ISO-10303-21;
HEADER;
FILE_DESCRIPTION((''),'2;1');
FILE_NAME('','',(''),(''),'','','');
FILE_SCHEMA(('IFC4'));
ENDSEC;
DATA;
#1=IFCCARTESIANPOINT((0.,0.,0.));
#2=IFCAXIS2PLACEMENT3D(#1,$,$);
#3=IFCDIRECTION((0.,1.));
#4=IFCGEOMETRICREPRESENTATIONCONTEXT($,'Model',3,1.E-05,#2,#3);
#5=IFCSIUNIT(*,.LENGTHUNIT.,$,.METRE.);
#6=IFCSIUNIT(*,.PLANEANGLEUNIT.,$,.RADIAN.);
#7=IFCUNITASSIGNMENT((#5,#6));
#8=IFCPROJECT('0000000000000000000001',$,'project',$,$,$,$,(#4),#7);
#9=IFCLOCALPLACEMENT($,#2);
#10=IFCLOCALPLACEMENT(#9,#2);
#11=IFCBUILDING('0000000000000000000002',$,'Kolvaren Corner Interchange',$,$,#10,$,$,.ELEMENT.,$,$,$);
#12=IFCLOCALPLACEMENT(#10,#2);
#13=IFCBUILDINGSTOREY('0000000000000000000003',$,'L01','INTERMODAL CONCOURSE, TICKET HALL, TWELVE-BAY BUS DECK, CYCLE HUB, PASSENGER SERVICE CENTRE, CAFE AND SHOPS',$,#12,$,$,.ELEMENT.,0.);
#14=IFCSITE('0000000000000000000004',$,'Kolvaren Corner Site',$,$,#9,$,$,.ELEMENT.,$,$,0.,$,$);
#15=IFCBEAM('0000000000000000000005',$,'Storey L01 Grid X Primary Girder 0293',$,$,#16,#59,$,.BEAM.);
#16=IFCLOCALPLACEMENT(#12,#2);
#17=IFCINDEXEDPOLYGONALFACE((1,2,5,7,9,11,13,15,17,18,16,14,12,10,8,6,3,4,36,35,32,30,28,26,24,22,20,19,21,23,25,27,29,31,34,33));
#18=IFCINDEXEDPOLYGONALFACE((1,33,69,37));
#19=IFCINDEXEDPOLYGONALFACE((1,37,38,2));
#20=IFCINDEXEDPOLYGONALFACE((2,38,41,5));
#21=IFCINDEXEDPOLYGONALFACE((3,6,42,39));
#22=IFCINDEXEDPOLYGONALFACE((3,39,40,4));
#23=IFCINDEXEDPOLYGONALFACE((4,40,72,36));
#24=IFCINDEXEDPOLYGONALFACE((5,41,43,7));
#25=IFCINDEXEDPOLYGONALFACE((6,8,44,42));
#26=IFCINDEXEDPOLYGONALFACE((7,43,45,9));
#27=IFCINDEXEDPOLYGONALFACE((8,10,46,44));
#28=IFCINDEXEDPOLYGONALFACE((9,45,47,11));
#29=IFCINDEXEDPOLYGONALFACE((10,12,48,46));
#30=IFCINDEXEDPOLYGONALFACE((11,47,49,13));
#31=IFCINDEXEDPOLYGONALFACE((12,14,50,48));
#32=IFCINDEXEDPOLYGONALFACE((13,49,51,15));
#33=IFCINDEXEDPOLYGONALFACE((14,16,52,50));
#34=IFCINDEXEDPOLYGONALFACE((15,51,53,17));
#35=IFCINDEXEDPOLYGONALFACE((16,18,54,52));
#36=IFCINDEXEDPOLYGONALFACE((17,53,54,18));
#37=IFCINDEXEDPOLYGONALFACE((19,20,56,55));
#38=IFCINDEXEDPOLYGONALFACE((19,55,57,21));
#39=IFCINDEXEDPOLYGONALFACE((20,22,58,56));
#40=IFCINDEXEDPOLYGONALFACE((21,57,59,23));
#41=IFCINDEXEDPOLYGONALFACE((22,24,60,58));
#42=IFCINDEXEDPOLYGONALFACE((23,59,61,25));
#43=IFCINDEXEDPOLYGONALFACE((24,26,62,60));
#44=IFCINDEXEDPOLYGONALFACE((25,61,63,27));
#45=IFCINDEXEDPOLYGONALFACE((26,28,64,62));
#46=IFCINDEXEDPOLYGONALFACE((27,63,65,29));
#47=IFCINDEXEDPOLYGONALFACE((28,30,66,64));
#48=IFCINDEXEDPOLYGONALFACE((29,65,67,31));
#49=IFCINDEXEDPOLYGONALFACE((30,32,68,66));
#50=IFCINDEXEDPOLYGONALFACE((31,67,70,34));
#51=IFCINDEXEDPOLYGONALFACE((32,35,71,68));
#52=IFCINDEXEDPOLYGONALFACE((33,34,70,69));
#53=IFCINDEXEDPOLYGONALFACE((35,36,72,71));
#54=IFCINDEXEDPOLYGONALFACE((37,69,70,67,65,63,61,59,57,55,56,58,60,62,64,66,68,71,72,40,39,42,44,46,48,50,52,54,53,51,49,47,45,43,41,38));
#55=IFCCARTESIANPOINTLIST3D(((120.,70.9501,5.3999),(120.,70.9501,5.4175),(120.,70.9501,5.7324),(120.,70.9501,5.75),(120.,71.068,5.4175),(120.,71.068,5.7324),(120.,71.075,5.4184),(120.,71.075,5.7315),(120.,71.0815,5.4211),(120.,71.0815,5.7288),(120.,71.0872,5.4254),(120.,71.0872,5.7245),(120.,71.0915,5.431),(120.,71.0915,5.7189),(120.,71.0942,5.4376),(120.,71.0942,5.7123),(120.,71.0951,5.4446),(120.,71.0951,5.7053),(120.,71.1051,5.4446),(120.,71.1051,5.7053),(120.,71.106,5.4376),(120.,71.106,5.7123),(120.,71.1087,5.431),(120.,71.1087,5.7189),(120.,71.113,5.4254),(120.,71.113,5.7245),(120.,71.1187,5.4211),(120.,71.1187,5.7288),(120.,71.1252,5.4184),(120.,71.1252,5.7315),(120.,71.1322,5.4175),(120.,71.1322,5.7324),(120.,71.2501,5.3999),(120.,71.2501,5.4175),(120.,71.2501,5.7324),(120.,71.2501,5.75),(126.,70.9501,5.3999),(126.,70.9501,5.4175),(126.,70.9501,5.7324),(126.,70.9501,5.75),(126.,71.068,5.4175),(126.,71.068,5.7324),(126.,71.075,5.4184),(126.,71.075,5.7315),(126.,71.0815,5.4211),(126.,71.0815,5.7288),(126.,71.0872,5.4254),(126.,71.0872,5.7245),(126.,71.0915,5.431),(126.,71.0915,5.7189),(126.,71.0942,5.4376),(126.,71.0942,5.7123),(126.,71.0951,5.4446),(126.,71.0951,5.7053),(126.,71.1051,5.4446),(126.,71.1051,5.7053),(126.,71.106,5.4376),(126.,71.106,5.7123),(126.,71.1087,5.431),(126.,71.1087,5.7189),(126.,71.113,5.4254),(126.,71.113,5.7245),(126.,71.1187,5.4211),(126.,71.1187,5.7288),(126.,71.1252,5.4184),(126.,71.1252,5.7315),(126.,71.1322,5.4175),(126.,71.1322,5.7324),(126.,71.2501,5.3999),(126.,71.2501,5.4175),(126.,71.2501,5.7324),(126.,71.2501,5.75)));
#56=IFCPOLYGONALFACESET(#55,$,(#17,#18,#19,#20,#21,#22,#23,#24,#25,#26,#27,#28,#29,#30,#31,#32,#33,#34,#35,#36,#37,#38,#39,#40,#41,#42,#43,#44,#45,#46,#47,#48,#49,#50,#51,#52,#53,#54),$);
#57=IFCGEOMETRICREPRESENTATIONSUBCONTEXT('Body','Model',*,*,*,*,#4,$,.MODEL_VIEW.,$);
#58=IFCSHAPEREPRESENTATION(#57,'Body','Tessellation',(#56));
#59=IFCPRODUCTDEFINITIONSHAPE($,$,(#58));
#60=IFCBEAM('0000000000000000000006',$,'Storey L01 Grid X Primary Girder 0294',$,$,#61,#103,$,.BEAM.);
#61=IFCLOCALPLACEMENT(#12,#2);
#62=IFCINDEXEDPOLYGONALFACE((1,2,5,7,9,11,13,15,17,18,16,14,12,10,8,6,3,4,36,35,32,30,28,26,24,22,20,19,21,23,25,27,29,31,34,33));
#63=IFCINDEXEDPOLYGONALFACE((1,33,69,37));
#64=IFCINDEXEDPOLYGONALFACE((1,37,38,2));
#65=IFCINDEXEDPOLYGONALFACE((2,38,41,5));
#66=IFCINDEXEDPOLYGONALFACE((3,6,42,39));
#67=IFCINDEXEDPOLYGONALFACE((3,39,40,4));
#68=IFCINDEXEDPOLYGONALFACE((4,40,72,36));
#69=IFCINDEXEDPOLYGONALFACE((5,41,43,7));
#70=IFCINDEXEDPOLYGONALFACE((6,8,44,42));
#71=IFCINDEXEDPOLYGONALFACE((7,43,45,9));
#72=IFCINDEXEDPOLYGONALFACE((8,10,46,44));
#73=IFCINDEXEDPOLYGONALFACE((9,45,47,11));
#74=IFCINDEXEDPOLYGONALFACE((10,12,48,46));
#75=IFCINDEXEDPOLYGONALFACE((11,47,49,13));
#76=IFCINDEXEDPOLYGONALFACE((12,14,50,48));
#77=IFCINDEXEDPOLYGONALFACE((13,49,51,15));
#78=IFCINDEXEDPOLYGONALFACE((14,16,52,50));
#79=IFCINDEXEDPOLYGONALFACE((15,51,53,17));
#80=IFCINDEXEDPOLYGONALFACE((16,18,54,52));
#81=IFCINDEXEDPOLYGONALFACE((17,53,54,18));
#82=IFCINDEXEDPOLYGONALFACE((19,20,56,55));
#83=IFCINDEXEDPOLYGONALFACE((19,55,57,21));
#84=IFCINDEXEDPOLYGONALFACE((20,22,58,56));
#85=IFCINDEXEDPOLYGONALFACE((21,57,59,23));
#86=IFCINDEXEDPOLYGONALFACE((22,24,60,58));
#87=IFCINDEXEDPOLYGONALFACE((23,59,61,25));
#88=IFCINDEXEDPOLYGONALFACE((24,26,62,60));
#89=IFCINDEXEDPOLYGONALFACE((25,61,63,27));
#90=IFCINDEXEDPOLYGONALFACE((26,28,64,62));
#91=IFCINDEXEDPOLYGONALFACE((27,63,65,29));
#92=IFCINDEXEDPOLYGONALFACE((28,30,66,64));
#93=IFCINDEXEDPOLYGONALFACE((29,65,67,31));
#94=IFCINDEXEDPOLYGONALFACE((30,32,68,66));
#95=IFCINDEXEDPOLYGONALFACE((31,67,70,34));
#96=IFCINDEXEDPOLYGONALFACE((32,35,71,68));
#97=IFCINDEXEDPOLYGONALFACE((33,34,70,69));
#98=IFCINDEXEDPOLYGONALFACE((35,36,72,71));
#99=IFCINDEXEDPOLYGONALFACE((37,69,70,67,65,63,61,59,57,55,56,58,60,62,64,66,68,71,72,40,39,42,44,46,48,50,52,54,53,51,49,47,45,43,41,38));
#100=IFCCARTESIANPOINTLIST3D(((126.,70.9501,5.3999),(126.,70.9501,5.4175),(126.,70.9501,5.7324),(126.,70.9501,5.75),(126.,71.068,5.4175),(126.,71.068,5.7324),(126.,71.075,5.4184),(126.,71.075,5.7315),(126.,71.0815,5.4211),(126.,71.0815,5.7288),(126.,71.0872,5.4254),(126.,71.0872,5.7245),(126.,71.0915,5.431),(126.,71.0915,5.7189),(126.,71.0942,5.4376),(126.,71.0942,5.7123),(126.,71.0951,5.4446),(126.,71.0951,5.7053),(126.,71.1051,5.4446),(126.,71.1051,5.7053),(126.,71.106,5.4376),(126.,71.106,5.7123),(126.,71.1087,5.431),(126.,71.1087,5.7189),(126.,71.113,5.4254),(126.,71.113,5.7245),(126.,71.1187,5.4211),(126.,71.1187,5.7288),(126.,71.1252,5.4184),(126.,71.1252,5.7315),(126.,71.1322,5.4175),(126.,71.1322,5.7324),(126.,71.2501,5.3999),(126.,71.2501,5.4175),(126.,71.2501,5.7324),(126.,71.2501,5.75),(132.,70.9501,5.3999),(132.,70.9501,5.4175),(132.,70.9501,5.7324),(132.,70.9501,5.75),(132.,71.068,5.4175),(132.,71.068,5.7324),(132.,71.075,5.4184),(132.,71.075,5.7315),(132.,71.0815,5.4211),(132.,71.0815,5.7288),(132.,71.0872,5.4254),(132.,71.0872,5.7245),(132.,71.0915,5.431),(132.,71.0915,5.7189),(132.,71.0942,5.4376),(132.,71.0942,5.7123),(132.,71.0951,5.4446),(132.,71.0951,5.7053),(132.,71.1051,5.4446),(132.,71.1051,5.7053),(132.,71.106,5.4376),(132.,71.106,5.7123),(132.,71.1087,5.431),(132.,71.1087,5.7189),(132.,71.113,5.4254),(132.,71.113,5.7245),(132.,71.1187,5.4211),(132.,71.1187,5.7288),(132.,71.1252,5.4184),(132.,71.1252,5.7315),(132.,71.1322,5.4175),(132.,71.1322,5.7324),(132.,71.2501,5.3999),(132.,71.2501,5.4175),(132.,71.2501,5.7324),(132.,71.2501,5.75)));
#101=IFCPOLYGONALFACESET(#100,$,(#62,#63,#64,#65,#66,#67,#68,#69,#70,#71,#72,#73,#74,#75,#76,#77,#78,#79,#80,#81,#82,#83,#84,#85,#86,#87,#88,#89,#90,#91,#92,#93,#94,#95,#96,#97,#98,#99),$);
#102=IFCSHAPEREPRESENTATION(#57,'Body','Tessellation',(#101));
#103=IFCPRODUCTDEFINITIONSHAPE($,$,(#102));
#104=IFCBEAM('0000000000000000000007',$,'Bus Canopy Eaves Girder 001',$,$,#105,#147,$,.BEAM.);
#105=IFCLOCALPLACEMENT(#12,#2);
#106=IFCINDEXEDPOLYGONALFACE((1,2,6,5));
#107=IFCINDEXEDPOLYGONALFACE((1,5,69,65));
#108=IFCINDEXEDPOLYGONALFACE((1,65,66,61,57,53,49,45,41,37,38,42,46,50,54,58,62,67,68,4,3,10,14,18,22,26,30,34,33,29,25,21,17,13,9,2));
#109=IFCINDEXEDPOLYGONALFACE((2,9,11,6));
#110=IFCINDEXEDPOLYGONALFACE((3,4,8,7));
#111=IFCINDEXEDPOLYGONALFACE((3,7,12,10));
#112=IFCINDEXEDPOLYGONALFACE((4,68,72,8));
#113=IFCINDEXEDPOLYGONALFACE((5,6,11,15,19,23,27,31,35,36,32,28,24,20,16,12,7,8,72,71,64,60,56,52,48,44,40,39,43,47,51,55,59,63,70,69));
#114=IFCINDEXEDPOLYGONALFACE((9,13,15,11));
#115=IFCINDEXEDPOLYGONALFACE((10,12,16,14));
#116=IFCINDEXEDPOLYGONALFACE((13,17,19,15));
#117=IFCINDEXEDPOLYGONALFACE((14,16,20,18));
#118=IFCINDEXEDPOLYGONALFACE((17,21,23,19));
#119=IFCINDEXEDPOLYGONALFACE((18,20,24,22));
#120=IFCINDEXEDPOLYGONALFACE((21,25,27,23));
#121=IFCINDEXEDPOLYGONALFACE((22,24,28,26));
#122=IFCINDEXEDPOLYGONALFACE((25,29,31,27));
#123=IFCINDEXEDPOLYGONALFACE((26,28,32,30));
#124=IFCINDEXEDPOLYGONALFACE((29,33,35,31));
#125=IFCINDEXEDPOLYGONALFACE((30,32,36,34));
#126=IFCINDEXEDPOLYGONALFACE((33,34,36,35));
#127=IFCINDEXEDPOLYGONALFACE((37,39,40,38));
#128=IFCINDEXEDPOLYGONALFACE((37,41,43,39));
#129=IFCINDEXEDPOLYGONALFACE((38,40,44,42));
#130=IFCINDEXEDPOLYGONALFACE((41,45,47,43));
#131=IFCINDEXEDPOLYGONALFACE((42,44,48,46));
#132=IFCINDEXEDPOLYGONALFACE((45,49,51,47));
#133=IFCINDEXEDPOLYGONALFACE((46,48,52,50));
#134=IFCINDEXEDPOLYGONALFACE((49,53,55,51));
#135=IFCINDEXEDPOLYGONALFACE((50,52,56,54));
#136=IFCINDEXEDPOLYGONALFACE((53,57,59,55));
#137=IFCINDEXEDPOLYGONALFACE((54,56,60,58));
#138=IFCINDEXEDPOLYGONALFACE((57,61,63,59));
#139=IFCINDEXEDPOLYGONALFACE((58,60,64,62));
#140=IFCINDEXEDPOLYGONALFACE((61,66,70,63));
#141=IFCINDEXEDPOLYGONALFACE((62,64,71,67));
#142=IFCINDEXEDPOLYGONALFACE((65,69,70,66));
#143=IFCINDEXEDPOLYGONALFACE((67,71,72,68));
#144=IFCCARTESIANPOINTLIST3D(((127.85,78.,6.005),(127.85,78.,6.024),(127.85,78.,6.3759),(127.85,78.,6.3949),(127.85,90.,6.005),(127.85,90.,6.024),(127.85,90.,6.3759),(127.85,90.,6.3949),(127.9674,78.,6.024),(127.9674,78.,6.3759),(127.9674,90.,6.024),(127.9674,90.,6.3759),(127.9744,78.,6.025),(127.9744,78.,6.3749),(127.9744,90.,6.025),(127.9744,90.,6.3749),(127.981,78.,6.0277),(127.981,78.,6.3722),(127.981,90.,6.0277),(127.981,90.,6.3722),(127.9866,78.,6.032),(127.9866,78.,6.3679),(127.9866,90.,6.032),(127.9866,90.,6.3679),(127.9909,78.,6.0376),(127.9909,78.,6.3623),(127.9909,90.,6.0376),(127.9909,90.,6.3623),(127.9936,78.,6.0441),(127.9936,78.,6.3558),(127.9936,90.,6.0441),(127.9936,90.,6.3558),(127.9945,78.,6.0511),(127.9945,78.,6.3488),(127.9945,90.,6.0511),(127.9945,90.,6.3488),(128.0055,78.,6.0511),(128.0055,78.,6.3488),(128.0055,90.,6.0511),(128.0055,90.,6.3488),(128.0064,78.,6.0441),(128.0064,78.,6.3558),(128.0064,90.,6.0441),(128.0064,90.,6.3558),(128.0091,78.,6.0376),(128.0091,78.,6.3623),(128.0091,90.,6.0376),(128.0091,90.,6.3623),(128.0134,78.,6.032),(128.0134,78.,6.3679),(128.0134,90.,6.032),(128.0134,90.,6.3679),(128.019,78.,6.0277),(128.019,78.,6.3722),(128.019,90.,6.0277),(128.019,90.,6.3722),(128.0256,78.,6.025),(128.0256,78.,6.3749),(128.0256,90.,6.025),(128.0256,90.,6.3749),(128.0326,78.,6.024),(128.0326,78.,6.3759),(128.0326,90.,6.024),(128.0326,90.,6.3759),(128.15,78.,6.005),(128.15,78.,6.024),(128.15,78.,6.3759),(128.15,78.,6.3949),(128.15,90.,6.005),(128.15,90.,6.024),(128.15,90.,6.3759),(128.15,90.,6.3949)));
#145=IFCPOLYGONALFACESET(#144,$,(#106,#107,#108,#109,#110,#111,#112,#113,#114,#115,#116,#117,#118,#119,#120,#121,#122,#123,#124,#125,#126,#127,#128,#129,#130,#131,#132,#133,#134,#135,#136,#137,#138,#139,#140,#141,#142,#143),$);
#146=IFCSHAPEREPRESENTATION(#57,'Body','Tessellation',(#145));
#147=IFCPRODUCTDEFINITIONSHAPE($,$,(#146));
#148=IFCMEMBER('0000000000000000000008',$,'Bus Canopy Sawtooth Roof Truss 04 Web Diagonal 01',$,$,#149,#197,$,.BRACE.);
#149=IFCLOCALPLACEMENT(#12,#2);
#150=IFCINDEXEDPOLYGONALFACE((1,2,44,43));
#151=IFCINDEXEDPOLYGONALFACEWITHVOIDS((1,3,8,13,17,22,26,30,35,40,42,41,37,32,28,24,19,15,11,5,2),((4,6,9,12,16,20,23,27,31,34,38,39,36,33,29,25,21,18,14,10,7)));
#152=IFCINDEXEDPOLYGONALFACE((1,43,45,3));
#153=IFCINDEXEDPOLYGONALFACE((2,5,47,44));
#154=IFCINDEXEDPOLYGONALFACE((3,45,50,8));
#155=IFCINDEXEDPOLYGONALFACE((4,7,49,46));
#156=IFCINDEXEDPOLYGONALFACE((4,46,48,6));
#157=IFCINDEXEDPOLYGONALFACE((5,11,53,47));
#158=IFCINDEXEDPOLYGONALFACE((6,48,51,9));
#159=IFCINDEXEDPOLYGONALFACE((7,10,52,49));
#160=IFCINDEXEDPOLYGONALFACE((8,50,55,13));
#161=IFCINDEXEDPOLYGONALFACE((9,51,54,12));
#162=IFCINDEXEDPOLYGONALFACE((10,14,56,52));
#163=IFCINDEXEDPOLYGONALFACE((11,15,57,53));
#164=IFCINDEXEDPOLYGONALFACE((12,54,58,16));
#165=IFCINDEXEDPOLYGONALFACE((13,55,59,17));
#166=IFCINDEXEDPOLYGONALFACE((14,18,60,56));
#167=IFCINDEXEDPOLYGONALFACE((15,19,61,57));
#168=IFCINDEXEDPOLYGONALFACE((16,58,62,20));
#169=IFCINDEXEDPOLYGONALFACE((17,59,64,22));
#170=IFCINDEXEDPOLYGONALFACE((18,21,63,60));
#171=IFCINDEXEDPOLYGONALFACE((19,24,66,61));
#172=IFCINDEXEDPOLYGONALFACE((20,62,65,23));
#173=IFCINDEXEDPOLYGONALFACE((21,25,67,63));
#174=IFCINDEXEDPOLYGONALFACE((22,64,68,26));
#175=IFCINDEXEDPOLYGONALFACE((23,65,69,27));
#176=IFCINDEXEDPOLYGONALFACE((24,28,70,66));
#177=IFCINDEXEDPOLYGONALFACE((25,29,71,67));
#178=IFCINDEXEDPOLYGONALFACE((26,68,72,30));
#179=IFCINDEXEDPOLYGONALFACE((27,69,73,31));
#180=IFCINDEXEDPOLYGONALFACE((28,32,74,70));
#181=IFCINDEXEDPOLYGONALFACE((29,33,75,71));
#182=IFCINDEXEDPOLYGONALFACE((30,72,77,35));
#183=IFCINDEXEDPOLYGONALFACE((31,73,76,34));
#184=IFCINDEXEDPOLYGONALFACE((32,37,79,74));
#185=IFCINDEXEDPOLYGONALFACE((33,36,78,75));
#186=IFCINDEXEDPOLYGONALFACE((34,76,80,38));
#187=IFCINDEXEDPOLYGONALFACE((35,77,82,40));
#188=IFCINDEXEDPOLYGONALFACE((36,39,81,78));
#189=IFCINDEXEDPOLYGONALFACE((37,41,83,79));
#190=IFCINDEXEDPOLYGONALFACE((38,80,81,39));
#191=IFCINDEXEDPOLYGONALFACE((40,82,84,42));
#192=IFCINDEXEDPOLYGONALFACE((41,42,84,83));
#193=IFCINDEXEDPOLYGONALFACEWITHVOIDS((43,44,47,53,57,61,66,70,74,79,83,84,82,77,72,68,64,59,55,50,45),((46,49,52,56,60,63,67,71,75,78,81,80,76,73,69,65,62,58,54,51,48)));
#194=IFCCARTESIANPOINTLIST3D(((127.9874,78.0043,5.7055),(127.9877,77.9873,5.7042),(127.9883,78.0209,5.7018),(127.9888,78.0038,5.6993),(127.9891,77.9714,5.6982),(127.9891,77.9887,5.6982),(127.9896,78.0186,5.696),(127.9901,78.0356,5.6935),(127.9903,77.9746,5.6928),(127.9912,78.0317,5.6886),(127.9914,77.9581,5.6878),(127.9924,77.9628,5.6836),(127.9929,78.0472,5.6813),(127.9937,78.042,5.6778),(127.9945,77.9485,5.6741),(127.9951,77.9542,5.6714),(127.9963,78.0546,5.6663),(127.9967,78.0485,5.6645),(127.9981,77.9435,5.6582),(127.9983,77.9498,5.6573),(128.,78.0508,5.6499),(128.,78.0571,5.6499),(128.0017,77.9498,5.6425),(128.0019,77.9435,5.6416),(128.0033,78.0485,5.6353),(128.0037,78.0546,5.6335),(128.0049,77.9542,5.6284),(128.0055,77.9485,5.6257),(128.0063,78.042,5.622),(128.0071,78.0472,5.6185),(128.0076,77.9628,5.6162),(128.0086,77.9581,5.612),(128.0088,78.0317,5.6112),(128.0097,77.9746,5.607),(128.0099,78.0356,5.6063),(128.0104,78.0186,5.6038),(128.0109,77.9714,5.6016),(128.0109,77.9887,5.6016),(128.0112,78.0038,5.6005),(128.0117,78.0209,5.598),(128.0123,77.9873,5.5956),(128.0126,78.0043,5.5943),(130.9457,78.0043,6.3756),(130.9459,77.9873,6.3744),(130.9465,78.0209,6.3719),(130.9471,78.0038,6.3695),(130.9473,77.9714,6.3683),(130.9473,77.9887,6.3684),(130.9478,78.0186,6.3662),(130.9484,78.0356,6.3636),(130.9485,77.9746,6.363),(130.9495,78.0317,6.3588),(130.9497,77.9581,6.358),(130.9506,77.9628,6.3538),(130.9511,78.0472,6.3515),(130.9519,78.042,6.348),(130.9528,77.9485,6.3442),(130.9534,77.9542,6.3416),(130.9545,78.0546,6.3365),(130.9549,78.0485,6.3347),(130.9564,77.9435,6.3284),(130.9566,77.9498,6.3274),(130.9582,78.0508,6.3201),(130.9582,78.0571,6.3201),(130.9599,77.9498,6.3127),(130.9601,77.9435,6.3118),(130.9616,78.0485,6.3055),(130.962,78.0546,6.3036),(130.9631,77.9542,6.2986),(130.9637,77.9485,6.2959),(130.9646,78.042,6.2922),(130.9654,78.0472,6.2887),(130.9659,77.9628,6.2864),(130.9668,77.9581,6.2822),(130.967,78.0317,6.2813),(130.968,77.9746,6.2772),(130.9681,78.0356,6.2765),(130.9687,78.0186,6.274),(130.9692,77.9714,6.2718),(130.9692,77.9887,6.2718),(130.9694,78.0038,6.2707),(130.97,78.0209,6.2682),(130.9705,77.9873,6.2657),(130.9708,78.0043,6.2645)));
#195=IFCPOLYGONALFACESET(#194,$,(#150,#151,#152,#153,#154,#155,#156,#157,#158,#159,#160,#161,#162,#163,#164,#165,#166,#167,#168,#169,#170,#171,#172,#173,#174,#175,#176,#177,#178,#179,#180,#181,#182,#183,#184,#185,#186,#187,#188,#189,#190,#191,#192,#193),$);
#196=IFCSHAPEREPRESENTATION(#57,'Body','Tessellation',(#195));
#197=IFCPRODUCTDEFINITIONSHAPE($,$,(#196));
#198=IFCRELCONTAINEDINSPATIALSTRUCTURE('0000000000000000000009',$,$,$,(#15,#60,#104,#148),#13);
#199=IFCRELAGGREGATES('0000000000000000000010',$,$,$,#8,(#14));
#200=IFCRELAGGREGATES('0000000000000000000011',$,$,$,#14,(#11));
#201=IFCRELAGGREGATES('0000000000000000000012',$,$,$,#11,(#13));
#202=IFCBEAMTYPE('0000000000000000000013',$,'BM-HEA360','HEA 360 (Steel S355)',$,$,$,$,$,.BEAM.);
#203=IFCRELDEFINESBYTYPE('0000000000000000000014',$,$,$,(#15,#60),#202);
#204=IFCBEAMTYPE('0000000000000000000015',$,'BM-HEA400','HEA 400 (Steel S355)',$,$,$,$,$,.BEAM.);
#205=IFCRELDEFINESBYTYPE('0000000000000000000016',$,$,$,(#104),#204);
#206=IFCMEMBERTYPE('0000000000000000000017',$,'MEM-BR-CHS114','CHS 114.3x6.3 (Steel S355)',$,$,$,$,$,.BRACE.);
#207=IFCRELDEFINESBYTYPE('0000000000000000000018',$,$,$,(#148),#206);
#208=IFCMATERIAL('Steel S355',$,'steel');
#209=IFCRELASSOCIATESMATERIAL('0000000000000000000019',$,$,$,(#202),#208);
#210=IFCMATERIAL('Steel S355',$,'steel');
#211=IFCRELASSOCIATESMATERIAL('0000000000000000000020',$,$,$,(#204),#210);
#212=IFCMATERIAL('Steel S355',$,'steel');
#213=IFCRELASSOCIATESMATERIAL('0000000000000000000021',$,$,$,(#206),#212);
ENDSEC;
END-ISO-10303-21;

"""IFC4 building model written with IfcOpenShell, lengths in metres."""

from ifc_helpers import new_model, si_unit, direction, frame, origin, origin_2d, place, context, subcontext, project, spatial, hollow_circle, i_section, extrude, material, material_profile, profile_set, type_object, element, save


model = new_model("IFC4")

# Units and contexts
model_context = context("Model", 3, precision=1e-05, world=origin(), true_north=direction((0.0, 1.0)))
body_context = subcontext(model_context, "Body", "Model", "MODEL_VIEW")
ifc_project = project(units=[si_unit("LENGTHUNIT", "METRE"), si_unit("PLANEANGLEUNIT", "RADIAN")], contexts=[model_context])

# Site, building, storey
site_placement = place(None, origin())
site = spatial("IfcSite", under=ifc_project, at=site_placement, Name="Kolvaren Corner Site", CompositionType="ELEMENT", RefElevation=0.0)
building_placement = place(site_placement, origin())
building = spatial("IfcBuilding", under=site, at=building_placement, Name="Kolvaren Corner Interchange", CompositionType="ELEMENT")
storey_placement = place(building_placement, origin())
storey = spatial("IfcBuildingStorey", under=building, at=storey_placement, Name="L01", Description="INTERMODAL CONCOURSE, TICKET HALL, TWELVE-BAY BUS DECK, CYCLE HUB, PASSENGER SERVICE CENTRE, CAFE AND SHOPS", CompositionType="ELEMENT", Elevation=0.0)

# Beams
ifc_material_1 = material(Name="Steel S355", Category="steel")
ifc_material_profile_1 = material_profile(ifc_material_1, i_section(OverallWidth=0.3, OverallDepth=0.3501, WebThickness=0.01, FlangeThickness=0.0176, FilletRadius=0.0271, at=origin_2d()), Name="HEA 360")
ifc_profile_set_1 = profile_set([ifc_material_profile_1], Name="Steel S355")
beam_type_1 = type_object("IfcBeamType", Name="BM-HEA360", Description="HEA 360 (Steel S355)", PredefinedType="BEAM", material=ifc_profile_set_1)
for number, where, z_axis, x_axis, name in (
    (1, (120.0, 71.1001, 5.575), (1.0, 0.0, 0.0), (0.0, 1.0, 0.0), "Storey L01 Grid X Primary Girder 0293"),
    (2, (126.0, 71.1001, 5.575), (1.0, 0.0, 0.0), (0.0, 1.0, 0.0), "Storey L01 Grid X Primary Girder 0294"),
):
    element("IfcBeam", number, at=place(storey_placement, frame(where, z_axis=z_axis, x_axis=x_axis)), inside=storey, type_object=beam_type_1, Name=name, PredefinedType="BEAM", context=body_context, shape_type="SweptSolid", body=[
        extrude(i_section(OverallWidth=0.3, OverallDepth=0.3501, WebThickness=0.01, FlangeThickness=0.0176, FilletRadius=0.0271, at=origin_2d()), origin(), (0.0, 0.0, 1.0), 6.0),
    ])
ifc_material_2 = material(Name="Steel S355", Category="steel")
ifc_material_profile_2 = material_profile(ifc_material_2, i_section(OverallWidth=0.3, OverallDepth=0.3899, WebThickness=0.011, FlangeThickness=0.019, FilletRadius=0.0271, at=origin_2d()), Name="HEA 400")
ifc_profile_set_2 = profile_set([ifc_material_profile_2], Name="Steel S355")
beam_type_2 = type_object("IfcBeamType", Name="BM-HEA400", Description="HEA 400 (Steel S355)", PredefinedType="BEAM", material=ifc_profile_set_2)
beam_placement = place(storey_placement, frame((128.0, 78.0, 6.2), z_axis=(0.0, 1.0, 0.0), x_axis=(-1.0, 0.0, 0.0)))
element("IfcBeam", 3, at=beam_placement, inside=storey, type_object=beam_type_2, Name="Bus Canopy Eaves Girder 001", PredefinedType="BEAM", context=body_context, shape_type="SweptSolid", body=[
    extrude(i_section(OverallWidth=0.3, OverallDepth=0.3899, WebThickness=0.011, FlangeThickness=0.019, FilletRadius=0.0271, at=origin_2d()), origin(), (0.0, 0.0, 1.0), 12.0),
])

# Member
ifc_material_3 = material(Name="Steel S355", Category="steel")
ifc_material_profile_3 = material_profile(ifc_material_3, hollow_circle(Radius=0.0571, WallThickness=0.0063, at=origin_2d()), Name="CHS 114.3x6.3")
ifc_profile_set_3 = profile_set([ifc_material_profile_3], Name="Steel S355")
member_type_1 = type_object("IfcMemberType", Name="MEM-BR-CHS114", Description="CHS 114.3x6.3 (Steel S355)", PredefinedType="BRACE", material=ifc_profile_set_3)
member_1_placement = place(storey_placement, frame((128.0, 78.0, 5.6499), z_axis=(0.975287, 0.0, 0.220943), x_axis=(0.0, 1.0, 0.0)))
element("IfcMember", 4, at=member_1_placement, inside=storey, type_object=member_type_1, Name="Bus Canopy Sawtooth Roof Truss 04 Web Diagonal 01", PredefinedType="BRACE", context=body_context, shape_type="SweptSolid", body=[
    extrude(hollow_circle(Radius=0.0571, WallThickness=0.0063, at=origin_2d()), origin(), (0.0, 0.0, 1.0), 3.0332),
])

save(model, "model.ifc")
